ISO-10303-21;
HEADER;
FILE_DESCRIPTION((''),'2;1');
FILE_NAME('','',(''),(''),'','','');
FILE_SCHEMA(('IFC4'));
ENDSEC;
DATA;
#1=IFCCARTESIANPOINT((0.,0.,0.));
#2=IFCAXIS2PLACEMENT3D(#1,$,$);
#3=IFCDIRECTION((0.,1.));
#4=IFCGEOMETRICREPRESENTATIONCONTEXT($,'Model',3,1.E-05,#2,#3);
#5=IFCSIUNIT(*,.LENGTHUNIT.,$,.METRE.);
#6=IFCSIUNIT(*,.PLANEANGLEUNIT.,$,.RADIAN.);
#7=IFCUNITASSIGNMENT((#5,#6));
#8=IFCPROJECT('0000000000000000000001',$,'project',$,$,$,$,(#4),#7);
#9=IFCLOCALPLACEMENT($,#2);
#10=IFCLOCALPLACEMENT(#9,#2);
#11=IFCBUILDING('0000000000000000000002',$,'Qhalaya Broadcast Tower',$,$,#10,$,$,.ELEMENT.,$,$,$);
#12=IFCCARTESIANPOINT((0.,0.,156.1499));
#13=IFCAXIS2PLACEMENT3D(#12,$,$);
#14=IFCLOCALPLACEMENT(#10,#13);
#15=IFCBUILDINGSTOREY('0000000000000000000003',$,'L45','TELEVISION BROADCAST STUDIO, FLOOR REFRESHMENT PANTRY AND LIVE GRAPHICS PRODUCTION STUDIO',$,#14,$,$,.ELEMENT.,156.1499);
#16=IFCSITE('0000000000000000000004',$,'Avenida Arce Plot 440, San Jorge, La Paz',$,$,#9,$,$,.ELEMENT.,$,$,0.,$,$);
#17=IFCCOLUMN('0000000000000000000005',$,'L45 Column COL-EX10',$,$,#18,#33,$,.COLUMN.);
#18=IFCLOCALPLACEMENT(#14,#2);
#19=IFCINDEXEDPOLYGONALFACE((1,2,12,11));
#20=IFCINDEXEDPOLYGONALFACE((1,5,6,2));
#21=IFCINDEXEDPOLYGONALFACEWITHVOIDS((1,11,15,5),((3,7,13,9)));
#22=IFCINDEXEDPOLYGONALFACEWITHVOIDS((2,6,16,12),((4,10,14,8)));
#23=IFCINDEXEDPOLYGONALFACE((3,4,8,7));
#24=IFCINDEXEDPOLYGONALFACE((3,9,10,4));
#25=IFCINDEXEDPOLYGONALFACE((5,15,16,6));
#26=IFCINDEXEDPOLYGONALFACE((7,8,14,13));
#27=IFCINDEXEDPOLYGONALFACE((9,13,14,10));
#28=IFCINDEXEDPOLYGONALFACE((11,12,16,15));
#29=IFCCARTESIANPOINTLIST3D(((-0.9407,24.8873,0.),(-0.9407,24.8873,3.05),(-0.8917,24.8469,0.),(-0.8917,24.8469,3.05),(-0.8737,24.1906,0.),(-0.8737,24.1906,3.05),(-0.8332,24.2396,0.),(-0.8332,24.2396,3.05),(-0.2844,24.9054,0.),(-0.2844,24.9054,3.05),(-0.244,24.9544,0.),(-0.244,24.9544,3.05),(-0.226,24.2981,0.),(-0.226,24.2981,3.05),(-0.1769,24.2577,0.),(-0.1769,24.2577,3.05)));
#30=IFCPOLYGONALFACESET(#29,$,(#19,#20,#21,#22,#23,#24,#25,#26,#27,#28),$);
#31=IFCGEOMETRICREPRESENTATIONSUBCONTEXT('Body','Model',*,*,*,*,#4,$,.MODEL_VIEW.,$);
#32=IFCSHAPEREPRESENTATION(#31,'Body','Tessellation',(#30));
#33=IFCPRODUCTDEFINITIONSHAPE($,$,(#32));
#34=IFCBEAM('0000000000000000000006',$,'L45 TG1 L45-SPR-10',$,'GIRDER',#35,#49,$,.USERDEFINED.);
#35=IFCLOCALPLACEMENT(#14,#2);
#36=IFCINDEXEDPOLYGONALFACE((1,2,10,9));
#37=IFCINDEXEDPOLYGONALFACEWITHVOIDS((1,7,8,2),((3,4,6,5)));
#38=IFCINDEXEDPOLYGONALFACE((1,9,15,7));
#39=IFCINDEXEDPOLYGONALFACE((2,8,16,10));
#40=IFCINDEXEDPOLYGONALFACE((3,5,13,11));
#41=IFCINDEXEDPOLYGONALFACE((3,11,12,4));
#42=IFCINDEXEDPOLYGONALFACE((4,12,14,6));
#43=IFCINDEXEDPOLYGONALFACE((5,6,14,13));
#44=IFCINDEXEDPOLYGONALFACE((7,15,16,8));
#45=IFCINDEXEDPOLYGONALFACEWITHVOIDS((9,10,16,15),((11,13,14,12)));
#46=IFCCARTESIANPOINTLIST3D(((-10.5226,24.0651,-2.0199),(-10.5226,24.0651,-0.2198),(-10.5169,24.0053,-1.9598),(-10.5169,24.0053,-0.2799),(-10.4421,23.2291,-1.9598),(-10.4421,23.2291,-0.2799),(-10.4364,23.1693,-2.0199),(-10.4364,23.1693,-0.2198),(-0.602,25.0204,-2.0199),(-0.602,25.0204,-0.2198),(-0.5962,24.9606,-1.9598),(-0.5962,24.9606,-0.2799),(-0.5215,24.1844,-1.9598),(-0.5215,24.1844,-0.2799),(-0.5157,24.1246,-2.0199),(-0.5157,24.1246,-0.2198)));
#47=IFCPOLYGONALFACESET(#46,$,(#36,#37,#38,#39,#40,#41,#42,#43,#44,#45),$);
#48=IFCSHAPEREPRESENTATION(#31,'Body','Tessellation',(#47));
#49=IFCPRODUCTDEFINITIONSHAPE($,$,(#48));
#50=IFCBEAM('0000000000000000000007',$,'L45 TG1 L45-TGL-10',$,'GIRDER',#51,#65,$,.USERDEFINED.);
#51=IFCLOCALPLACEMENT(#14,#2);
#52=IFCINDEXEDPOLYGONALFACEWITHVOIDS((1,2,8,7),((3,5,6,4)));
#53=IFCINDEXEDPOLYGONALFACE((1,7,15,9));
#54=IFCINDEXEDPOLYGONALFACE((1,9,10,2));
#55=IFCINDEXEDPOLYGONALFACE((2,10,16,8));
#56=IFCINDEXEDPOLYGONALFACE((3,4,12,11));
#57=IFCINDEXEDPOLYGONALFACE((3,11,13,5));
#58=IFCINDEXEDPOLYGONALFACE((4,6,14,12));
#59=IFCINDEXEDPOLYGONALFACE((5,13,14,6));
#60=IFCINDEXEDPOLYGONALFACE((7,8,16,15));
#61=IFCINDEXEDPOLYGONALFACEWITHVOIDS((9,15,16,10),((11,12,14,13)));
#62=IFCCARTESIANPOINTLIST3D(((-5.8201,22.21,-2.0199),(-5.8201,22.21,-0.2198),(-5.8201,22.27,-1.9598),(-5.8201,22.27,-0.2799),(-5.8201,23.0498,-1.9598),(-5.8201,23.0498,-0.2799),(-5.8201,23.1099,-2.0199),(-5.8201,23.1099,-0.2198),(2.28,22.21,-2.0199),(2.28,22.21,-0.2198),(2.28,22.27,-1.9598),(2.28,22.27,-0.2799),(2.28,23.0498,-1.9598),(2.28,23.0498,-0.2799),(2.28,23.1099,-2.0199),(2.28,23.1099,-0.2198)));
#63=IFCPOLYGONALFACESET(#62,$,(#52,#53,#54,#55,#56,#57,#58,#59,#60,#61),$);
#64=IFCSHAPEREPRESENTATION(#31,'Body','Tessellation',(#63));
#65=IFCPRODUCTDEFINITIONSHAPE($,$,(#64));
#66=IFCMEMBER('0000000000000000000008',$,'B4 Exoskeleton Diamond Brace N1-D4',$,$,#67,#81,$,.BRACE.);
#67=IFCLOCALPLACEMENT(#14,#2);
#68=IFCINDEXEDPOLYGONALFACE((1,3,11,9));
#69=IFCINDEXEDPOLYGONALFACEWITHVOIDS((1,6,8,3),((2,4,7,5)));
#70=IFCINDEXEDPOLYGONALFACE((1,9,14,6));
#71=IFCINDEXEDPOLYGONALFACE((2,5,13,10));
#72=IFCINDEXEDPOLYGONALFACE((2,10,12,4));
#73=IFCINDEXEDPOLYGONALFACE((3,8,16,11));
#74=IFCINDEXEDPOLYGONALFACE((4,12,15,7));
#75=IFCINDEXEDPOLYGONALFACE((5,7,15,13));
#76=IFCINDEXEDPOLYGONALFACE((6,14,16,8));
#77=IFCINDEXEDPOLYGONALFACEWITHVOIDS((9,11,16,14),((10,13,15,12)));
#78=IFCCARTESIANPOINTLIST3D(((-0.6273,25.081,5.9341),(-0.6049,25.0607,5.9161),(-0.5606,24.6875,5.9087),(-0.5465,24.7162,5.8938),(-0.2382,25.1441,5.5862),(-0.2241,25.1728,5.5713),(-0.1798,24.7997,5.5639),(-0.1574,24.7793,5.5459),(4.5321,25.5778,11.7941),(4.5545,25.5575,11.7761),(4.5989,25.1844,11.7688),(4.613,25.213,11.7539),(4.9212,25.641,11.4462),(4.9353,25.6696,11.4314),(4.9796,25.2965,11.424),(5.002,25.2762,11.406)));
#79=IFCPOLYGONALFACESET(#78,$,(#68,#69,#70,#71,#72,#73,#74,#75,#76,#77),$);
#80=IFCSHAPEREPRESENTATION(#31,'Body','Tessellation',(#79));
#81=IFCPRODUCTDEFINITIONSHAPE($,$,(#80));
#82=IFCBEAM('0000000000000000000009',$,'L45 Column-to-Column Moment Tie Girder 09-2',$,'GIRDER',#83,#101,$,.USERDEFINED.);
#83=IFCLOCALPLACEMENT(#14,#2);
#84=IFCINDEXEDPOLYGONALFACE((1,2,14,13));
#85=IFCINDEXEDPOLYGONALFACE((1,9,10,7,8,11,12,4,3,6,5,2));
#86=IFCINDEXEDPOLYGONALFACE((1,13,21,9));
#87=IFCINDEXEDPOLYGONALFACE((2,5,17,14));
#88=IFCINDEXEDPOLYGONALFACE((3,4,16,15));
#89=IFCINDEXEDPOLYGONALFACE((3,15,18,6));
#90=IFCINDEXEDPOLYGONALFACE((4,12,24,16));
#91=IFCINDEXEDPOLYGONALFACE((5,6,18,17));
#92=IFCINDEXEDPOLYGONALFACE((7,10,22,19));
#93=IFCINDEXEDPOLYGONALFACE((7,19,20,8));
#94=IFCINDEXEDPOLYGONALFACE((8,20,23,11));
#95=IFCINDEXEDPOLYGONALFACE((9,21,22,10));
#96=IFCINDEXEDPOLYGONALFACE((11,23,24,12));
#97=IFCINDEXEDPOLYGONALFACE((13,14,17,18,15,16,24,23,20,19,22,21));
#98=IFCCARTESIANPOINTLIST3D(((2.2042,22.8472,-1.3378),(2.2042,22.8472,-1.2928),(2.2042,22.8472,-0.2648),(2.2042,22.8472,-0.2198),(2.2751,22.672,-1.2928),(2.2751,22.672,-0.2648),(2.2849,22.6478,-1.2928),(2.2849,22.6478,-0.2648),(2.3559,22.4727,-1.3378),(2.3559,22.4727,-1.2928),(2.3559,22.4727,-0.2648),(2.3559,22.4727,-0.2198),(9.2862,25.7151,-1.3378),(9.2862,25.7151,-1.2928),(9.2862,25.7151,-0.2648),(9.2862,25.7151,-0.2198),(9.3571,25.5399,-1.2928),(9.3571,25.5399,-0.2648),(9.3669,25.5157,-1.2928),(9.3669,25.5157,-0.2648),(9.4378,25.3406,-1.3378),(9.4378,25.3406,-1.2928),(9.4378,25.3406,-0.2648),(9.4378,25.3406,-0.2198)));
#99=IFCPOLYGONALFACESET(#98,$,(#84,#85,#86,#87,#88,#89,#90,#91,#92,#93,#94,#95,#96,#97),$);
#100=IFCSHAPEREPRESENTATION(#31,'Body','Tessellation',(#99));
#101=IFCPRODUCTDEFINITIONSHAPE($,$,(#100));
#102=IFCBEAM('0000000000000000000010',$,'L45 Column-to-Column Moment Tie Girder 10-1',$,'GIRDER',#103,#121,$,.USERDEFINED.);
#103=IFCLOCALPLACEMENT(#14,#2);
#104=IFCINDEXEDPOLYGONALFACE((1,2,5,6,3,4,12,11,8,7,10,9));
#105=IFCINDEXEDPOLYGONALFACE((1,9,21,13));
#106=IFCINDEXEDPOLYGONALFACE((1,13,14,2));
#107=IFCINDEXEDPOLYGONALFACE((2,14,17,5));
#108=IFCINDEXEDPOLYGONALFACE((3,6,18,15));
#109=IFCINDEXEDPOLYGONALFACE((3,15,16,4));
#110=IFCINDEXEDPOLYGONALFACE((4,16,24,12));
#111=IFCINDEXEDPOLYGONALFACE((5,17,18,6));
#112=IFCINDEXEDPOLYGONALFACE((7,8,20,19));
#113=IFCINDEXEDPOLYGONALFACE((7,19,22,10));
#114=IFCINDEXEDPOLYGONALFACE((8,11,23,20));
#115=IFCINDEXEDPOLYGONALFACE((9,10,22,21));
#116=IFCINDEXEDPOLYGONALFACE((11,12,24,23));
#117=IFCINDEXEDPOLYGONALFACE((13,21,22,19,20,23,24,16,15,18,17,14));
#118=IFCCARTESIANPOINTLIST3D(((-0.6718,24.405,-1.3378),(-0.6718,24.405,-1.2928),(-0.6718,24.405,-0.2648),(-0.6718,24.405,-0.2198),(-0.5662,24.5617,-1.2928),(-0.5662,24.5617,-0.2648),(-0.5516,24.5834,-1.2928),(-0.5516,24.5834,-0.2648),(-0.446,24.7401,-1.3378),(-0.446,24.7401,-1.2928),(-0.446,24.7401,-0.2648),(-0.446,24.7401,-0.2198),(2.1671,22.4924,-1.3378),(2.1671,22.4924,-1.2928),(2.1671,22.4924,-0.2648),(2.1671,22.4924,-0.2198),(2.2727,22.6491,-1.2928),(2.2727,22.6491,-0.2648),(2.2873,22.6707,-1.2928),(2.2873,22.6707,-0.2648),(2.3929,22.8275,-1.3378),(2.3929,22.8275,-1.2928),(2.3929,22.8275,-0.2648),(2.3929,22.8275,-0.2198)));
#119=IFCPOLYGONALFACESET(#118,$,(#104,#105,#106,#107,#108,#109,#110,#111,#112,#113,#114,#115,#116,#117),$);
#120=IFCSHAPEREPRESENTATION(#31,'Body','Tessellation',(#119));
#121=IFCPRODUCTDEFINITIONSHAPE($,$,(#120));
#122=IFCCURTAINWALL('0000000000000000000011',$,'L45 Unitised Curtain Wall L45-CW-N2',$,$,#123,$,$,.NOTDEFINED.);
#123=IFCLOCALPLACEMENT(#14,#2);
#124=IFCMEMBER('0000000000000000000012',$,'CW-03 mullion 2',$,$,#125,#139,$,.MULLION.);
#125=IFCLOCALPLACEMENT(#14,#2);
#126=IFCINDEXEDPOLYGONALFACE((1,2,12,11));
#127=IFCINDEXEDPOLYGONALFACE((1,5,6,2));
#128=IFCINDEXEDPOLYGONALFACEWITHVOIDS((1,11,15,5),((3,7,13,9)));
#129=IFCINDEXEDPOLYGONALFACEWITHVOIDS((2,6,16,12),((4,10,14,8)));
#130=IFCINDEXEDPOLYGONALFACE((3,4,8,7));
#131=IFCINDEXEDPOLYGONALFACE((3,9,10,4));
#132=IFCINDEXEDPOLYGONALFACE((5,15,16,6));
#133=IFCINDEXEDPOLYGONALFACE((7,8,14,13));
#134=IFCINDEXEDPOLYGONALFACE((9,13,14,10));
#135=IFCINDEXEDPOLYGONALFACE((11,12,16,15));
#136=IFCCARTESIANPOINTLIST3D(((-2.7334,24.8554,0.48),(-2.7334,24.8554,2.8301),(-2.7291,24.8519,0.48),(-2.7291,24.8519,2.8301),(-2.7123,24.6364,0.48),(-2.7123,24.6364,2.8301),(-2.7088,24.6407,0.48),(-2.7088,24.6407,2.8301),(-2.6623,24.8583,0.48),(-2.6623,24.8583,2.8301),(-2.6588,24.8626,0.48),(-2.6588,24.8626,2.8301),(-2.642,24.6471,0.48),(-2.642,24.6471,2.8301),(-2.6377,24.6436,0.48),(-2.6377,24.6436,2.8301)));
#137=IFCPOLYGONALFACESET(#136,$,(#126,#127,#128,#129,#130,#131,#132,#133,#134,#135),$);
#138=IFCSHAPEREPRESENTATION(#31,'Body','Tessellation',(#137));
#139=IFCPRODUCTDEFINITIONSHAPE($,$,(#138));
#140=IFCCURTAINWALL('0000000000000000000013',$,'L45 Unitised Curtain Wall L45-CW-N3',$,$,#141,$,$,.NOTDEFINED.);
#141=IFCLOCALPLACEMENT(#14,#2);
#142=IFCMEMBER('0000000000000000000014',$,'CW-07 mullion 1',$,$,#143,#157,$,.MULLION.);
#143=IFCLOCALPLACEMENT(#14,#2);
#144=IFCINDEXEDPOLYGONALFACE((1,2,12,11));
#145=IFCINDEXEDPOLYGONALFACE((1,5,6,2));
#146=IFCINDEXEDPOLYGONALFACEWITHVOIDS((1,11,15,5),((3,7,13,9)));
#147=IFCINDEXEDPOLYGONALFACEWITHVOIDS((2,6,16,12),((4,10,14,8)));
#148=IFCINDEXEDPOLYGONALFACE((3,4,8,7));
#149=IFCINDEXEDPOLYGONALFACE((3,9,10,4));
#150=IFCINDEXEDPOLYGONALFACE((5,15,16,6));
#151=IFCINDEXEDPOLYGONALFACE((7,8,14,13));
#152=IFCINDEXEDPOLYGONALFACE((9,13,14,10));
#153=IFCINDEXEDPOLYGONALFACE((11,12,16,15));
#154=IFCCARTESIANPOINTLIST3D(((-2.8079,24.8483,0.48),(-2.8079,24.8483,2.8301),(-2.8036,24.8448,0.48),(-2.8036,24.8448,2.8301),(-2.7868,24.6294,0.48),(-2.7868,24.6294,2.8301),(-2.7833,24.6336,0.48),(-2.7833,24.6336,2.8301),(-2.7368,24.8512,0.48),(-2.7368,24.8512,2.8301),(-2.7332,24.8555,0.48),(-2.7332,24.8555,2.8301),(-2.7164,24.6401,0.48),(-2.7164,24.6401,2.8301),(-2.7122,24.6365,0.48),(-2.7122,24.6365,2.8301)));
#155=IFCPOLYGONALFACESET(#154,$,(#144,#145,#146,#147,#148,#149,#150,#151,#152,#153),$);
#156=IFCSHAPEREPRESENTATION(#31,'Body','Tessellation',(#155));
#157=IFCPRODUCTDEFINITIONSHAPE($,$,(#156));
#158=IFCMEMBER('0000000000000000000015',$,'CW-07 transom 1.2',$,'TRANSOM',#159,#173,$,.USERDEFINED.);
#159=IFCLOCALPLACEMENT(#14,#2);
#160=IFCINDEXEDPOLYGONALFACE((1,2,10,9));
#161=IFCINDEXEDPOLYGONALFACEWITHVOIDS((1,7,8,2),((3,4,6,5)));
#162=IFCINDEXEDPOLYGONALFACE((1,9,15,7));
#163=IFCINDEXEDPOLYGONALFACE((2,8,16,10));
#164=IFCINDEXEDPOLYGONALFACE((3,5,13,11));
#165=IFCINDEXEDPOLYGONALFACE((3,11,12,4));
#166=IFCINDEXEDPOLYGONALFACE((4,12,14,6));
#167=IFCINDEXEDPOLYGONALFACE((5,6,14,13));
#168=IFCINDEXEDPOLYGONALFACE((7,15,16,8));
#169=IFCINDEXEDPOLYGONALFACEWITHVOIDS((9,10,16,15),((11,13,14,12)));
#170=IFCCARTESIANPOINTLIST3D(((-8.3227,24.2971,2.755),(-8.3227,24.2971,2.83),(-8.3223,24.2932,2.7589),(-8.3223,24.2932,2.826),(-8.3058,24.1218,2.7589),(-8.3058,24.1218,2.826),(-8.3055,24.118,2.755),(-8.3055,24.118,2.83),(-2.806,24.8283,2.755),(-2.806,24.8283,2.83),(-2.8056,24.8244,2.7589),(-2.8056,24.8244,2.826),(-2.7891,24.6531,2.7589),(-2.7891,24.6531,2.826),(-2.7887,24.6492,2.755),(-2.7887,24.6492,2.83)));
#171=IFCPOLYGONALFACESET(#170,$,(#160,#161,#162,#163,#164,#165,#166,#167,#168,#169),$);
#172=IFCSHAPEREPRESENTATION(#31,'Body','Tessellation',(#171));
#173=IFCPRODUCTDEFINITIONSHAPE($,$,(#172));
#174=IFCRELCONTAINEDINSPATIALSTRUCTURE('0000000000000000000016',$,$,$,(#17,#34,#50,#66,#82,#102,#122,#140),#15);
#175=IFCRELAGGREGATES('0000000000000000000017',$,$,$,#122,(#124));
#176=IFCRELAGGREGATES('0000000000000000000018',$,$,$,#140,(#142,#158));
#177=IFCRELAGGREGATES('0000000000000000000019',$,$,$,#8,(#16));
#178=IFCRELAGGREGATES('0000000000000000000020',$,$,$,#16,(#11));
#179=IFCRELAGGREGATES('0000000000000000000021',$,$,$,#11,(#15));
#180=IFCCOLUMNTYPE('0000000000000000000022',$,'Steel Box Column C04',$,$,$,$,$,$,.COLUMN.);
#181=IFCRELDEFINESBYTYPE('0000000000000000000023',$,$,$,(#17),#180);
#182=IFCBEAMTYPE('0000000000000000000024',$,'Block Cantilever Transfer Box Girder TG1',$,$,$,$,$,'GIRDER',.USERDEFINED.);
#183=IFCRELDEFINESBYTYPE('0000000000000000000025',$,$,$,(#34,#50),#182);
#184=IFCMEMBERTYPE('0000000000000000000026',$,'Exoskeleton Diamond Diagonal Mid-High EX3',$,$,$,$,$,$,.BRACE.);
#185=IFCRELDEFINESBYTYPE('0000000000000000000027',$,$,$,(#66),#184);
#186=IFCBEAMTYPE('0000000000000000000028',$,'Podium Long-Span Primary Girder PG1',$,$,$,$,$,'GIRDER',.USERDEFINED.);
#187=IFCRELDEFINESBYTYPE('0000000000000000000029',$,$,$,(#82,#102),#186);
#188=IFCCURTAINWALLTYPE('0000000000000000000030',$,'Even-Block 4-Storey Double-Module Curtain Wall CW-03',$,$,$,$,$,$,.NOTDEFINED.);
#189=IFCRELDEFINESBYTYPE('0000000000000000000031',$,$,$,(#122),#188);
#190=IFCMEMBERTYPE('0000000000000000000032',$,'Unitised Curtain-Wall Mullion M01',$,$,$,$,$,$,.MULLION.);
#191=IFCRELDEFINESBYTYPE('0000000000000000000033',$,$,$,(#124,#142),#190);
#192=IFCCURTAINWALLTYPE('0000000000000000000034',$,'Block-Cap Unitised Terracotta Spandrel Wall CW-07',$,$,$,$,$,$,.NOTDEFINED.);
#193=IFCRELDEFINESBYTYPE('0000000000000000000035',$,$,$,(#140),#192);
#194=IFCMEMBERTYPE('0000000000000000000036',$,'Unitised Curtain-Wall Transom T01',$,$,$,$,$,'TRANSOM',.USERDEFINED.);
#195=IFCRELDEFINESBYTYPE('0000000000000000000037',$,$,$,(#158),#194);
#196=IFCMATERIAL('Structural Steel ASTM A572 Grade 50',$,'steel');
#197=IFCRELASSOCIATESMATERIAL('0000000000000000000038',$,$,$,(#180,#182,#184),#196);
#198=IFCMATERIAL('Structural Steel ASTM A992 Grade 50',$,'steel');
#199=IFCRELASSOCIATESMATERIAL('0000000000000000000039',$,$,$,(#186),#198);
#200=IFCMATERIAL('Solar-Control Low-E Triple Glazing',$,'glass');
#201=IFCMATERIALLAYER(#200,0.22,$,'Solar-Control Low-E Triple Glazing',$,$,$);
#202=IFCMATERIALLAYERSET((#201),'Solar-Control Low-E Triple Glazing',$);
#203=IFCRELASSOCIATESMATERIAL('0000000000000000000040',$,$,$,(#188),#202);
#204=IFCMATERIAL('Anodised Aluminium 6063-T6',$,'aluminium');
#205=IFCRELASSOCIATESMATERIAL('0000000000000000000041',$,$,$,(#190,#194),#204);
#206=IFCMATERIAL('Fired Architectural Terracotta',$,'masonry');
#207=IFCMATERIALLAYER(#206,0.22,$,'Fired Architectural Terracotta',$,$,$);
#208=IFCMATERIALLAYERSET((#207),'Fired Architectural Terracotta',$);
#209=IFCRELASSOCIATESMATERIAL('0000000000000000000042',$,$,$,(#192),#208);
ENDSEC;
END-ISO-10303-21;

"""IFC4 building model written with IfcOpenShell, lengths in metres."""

from ifc_helpers import new_model, si_unit, direction, frame, origin, origin_2d, place, context, subcontext, project, spatial, hollow_rectangle, i_section, extrude, material, layer, layer_set, material_profile, profile_set, type_object, element, aggregate, save


model = new_model("IFC4")

# Units and contexts
model_context = context("Model", 3, precision=1e-05, world=origin(), true_north=direction((0.0, 1.0)))
body_context = subcontext(model_context, "Body", "Model", "MODEL_VIEW")
ifc_project = project(units=[si_unit("LENGTHUNIT", "METRE"), si_unit("PLANEANGLEUNIT", "RADIAN")], contexts=[model_context])

# Site, building, storey
site_placement = place(None, origin())
site = spatial("IfcSite", under=ifc_project, at=site_placement, Name="Avenida Arce Plot 440, San Jorge, La Paz", CompositionType="ELEMENT", RefElevation=0.0)
building_placement = place(site_placement, origin())
building = spatial("IfcBuilding", under=site, at=building_placement, Name="Qhalaya Broadcast Tower", CompositionType="ELEMENT")
storey_placement = place(building_placement, frame((0.0, 0.0, 156.1499)))
storey = spatial("IfcBuildingStorey", under=building, at=storey_placement, Name="L45", Description="TELEVISION BROADCAST STUDIO, FLOOR REFRESHMENT PANTRY AND LIVE GRAPHICS PRODUCTION STUDIO", CompositionType="ELEMENT", Elevation=156.1499)

# Column
ifc_material_1 = material(Name="Structural Steel ASTM A572 Grade 50", Category="steel")
ifc_material_profile_1 = material_profile(ifc_material_1, hollow_rectangle(XDim=0.7, YDim=0.7, WallThickness=0.0449, at=origin_2d()), Name="BOX 700x700x45")
ifc_profile_set_1 = profile_set([ifc_material_profile_1], Name="Structural Steel ASTM A572 Grade 50")
column_type = type_object("IfcColumnType", Name="Steel Box Column C04", PredefinedType="COLUMN", material=ifc_profile_set_1)
column_placement = place(storey_placement, frame((-0.5588, 24.5725, 0.0), z_axis=(0.0, 0.0, 1.0), x_axis=(0.995396, 0.095846, 0.0)))
element("IfcColumn", 1, at=column_placement, inside=storey, type_object=column_type, Name="L45 Column COL-EX10", PredefinedType="COLUMN", context=body_context, shape_type="SweptSolid", body=[
    extrude(hollow_rectangle(XDim=0.7, YDim=0.7, WallThickness=0.0449, at=origin_2d()), origin(), (0.0, 0.0, 1.0), 3.05),
])

# Beams
ifc_material_profile_2 = material_profile(ifc_material_1, hollow_rectangle(XDim=0.8999, YDim=1.8, WallThickness=0.0601, at=origin_2d()), Name="BOX 900x1800x60")
ifc_profile_set_2 = profile_set([ifc_material_profile_2], Name="Structural Steel ASTM A572 Grade 50")
beam_type_1 = type_object("IfcBeamType", Name="Block Cantilever Transfer Box Girder TG1", ElementType="GIRDER", PredefinedType="USERDEFINED", material=ifc_profile_set_2)
beam_1_placement = place(storey_placement, frame((-0.5588, 24.5725, -1.1199), z_axis=(-0.995396, -0.095853, 0.0), x_axis=(0.095853, -0.995396, 0.0)))
element("IfcBeam", 2, at=beam_1_placement, inside=storey, type_object=beam_type_1, Name="L45 TG1 L45-SPR-10", ObjectType="GIRDER", PredefinedType="USERDEFINED", context=body_context, shape_type="SweptSolid", body=[
    extrude(hollow_rectangle(XDim=0.8999, YDim=1.8, WallThickness=0.0601, at=origin_2d()), origin(), (0.0, 0.0, 1.0), 9.9666),
])
beam_2_placement = place(storey_placement, frame((2.28, 22.6599, -1.1199), z_axis=(-1.0, 0.0, 0.0), x_axis=(0.0, -1.0, 0.0)))
element("IfcBeam", 3, at=beam_2_placement, inside=storey, type_object=beam_type_1, Name="L45 TG1 L45-TGL-10", ObjectType="GIRDER", PredefinedType="USERDEFINED", context=body_context, shape_type="SweptSolid", body=[
    extrude(hollow_rectangle(XDim=0.8999, YDim=1.8, WallThickness=0.0601, at=origin_2d()), origin(), (0.0, 0.0, 1.0), 8.1001),
])

# Member
ifc_material_profile_3 = material_profile(ifc_material_1, hollow_rectangle(XDim=0.3999, YDim=0.55, WallThickness=0.0249, at=origin_2d()), Name="BOX 400x550x25")
ifc_profile_set_3 = profile_set([ifc_material_profile_3], Name="Structural Steel ASTM A572 Grade 50")
member_type_1 = type_object("IfcMemberType", Name="Exoskeleton Diamond Diagonal Mid-High EX3", PredefinedType="BRACE", material=ifc_profile_set_3)
member_1_placement = place(storey_placement, frame((-0.3923, 24.9302, 5.74), z_axis=(0.659477, 0.063504, 0.749038), x_axis=(-0.166872, 0.983932, 0.0635)))
element("IfcMember", 4, at=member_1_placement, inside=storey, type_object=member_type_1, Name="B4 Exoskeleton Diamond Brace N1-D4", PredefinedType="BRACE", context=body_context, shape_type="SweptSolid", body=[
    extrude(hollow_rectangle(XDim=0.3999, YDim=0.55, WallThickness=0.0249, at=origin_2d()), origin(), (0.0, 0.0, 1.0), 7.8235),
])

# Beams
ifc_material_2 = material(Name="Structural Steel ASTM A992 Grade 50", Category="steel")
ifc_material_profile_4 = material_profile(ifc_material_2, i_section(OverallWidth=0.4041, OverallDepth=1.1179, WebThickness=0.0261, FlangeThickness=0.0449, at=origin_2d()), Name="W44X335")
ifc_profile_set_4 = profile_set([ifc_material_profile_4], Name="Structural Steel ASTM A992 Grade 50")
beam_type_2 = type_object("IfcBeamType", Name="Podium Long-Span Primary Girder PG1", ElementType="GIRDER", PredefinedType="USERDEFINED", material=ifc_profile_set_4)
beam_3_placement = place(storey_placement, frame((2.28, 22.6599, -0.7788), z_axis=(0.926884, 0.375348, 0.0), x_axis=(-0.375348, 0.926884, 0.0)))
element("IfcBeam", 5, at=beam_3_placement, inside=storey, type_object=beam_type_2, Name="L45 Column-to-Column Moment Tie Girder 09-2", ObjectType="GIRDER", PredefinedType="USERDEFINED", context=body_context, shape_type="SweptSolid", body=[
    extrude(i_section(OverallWidth=0.4041, OverallDepth=1.1179, WebThickness=0.0261, FlangeThickness=0.0449, at=origin_2d()), origin(), (0.0, 0.0, 1.0), 7.6406),
])
beam_4_placement = place(storey_placement, frame((2.28, 22.6599, -0.7788), z_axis=(-0.829341, 0.558743, 0.0), x_axis=(-0.558743, -0.829341, 0.0)))
element("IfcBeam", 6, at=beam_4_placement, inside=storey, type_object=beam_type_2, Name="L45 Column-to-Column Moment Tie Girder 10-1", ObjectType="GIRDER", PredefinedType="USERDEFINED", context=body_context, shape_type="SweptSolid", body=[
    extrude(i_section(OverallWidth=0.4041, OverallDepth=1.1179, WebThickness=0.0261, FlangeThickness=0.0449, at=origin_2d()), origin(), (0.0, 0.0, 1.0), 3.4231),
])

# Curtain wall, member
ifc_material_3 = material(Name="Solar-Control Low-E Triple Glazing", Category="glass")
ifc_layer_1 = layer(ifc_material_3, 0.22, Name="Solar-Control Low-E Triple Glazing")
ifc_layer_set_1 = layer_set([ifc_layer_1], Name="Solar-Control Low-E Triple Glazing")
curtain_wall_type_1 = type_object("IfcCurtainWallType", Name="Even-Block 4-Storey Double-Module Curtain Wall CW-03", PredefinedType="NOTDEFINED", material=ifc_layer_set_1)
curtain_wall_1_placement = place(storey_placement, origin())
curtain_wall_1 = element("IfcCurtainWall", 7, at=curtain_wall_1_placement, inside=storey, type_object=curtain_wall_type_1, Name="L45 Unitised Curtain Wall L45-CW-N2", PredefinedType="NOTDEFINED")
ifc_material_4 = material(Name="Anodised Aluminium 6063-T6", Category="aluminium")
ifc_material_profile_5 = material_profile(ifc_material_4, hollow_rectangle(XDim=0.075, YDim=0.22, WallThickness=0.0039, at=origin_2d()), Name="ALU-MUL 75x220x4")
ifc_profile_set_5 = profile_set([ifc_material_profile_5], Name="Anodised Aluminium 6063-T6")
member_type_2 = type_object("IfcMemberType", Name="Unitised Curtain-Wall Mullion M01", PredefinedType="MULLION", material=ifc_profile_set_5)
member_2_placement = place(storey_placement, frame((-2.6855, 24.7495, 0.48), z_axis=(0.0, 0.0, 1.0), x_axis=(-0.995396, -0.095849, 0.0)))
member_2 = element("IfcMember", 8, at=member_2_placement, type_object=member_type_2, Name="CW-03 mullion 2", PredefinedType="MULLION", context=body_context, shape_type="SweptSolid", body=[
    extrude(hollow_rectangle(XDim=0.075, YDim=0.22, WallThickness=0.0039, at=origin_2d()), origin(), (0.0, 0.0, 1.0), 2.3501),
])
aggregate(curtain_wall_1, [member_2])

# Curtain wall, members
ifc_material_5 = material(Name="Fired Architectural Terracotta", Category="masonry")
ifc_layer_2 = layer(ifc_material_5, 0.22, Name="Fired Architectural Terracotta")
ifc_layer_set_2 = layer_set([ifc_layer_2], Name="Fired Architectural Terracotta")
curtain_wall_type_2 = type_object("IfcCurtainWallType", Name="Block-Cap Unitised Terracotta Spandrel Wall CW-07", PredefinedType="NOTDEFINED", material=ifc_layer_set_2)
curtain_wall_2_placement = place(storey_placement, origin())
curtain_wall_2 = element("IfcCurtainWall", 9, at=curtain_wall_2_placement, inside=storey, type_object=curtain_wall_type_2, Name="L45 Unitised Curtain Wall L45-CW-N3", PredefinedType="NOTDEFINED")
member_3_placement = place(storey_placement, frame((-2.76, 24.7424, 0.48), z_axis=(0.0, 0.0, 1.0), x_axis=(-0.995395, -0.095854, 0.0)))
member_3 = element("IfcMember", 10, at=member_3_placement, type_object=member_type_2, Name="CW-07 mullion 1", PredefinedType="MULLION", context=body_context, shape_type="SweptSolid", body=[
    extrude(hollow_rectangle(XDim=0.075, YDim=0.22, WallThickness=0.0039, at=origin_2d()), origin(), (0.0, 0.0, 1.0), 2.3501),
])
ifc_material_profile_6 = material_profile(ifc_material_4, hollow_rectangle(XDim=0.075, YDim=0.1799, WallThickness=0.0039, at=origin_2d()), Name="ALU-TRN 75x180x4")
ifc_profile_set_6 = profile_set([ifc_material_profile_6], Name="Anodised Aluminium 6063-T6")
member_type_3 = type_object("IfcMemberType", Name="Unitised Curtain-Wall Transom T01", ElementType="TRANSOM", PredefinedType="USERDEFINED", material=ifc_profile_set_6)
member_4_placement = place(storey_placement, frame((-2.7974, 24.7388, 2.7925), z_axis=(-0.995395, -0.095857, 0.0), x_axis=(0.0, 0.0, 1.0)))
member_4 = element("IfcMember", 11, at=member_4_placement, type_object=member_type_3, Name="CW-07 transom 1.2", ObjectType="TRANSOM", PredefinedType="USERDEFINED", context=body_context, shape_type="SweptSolid", body=[
    extrude(hollow_rectangle(XDim=0.075, YDim=0.1799, WallThickness=0.0039, at=origin_2d()), origin(), (0.0, 0.0, 1.0), 5.5422),
])
aggregate(curtain_wall_2, [member_3, member_4])

save(model, "model.ifc")
